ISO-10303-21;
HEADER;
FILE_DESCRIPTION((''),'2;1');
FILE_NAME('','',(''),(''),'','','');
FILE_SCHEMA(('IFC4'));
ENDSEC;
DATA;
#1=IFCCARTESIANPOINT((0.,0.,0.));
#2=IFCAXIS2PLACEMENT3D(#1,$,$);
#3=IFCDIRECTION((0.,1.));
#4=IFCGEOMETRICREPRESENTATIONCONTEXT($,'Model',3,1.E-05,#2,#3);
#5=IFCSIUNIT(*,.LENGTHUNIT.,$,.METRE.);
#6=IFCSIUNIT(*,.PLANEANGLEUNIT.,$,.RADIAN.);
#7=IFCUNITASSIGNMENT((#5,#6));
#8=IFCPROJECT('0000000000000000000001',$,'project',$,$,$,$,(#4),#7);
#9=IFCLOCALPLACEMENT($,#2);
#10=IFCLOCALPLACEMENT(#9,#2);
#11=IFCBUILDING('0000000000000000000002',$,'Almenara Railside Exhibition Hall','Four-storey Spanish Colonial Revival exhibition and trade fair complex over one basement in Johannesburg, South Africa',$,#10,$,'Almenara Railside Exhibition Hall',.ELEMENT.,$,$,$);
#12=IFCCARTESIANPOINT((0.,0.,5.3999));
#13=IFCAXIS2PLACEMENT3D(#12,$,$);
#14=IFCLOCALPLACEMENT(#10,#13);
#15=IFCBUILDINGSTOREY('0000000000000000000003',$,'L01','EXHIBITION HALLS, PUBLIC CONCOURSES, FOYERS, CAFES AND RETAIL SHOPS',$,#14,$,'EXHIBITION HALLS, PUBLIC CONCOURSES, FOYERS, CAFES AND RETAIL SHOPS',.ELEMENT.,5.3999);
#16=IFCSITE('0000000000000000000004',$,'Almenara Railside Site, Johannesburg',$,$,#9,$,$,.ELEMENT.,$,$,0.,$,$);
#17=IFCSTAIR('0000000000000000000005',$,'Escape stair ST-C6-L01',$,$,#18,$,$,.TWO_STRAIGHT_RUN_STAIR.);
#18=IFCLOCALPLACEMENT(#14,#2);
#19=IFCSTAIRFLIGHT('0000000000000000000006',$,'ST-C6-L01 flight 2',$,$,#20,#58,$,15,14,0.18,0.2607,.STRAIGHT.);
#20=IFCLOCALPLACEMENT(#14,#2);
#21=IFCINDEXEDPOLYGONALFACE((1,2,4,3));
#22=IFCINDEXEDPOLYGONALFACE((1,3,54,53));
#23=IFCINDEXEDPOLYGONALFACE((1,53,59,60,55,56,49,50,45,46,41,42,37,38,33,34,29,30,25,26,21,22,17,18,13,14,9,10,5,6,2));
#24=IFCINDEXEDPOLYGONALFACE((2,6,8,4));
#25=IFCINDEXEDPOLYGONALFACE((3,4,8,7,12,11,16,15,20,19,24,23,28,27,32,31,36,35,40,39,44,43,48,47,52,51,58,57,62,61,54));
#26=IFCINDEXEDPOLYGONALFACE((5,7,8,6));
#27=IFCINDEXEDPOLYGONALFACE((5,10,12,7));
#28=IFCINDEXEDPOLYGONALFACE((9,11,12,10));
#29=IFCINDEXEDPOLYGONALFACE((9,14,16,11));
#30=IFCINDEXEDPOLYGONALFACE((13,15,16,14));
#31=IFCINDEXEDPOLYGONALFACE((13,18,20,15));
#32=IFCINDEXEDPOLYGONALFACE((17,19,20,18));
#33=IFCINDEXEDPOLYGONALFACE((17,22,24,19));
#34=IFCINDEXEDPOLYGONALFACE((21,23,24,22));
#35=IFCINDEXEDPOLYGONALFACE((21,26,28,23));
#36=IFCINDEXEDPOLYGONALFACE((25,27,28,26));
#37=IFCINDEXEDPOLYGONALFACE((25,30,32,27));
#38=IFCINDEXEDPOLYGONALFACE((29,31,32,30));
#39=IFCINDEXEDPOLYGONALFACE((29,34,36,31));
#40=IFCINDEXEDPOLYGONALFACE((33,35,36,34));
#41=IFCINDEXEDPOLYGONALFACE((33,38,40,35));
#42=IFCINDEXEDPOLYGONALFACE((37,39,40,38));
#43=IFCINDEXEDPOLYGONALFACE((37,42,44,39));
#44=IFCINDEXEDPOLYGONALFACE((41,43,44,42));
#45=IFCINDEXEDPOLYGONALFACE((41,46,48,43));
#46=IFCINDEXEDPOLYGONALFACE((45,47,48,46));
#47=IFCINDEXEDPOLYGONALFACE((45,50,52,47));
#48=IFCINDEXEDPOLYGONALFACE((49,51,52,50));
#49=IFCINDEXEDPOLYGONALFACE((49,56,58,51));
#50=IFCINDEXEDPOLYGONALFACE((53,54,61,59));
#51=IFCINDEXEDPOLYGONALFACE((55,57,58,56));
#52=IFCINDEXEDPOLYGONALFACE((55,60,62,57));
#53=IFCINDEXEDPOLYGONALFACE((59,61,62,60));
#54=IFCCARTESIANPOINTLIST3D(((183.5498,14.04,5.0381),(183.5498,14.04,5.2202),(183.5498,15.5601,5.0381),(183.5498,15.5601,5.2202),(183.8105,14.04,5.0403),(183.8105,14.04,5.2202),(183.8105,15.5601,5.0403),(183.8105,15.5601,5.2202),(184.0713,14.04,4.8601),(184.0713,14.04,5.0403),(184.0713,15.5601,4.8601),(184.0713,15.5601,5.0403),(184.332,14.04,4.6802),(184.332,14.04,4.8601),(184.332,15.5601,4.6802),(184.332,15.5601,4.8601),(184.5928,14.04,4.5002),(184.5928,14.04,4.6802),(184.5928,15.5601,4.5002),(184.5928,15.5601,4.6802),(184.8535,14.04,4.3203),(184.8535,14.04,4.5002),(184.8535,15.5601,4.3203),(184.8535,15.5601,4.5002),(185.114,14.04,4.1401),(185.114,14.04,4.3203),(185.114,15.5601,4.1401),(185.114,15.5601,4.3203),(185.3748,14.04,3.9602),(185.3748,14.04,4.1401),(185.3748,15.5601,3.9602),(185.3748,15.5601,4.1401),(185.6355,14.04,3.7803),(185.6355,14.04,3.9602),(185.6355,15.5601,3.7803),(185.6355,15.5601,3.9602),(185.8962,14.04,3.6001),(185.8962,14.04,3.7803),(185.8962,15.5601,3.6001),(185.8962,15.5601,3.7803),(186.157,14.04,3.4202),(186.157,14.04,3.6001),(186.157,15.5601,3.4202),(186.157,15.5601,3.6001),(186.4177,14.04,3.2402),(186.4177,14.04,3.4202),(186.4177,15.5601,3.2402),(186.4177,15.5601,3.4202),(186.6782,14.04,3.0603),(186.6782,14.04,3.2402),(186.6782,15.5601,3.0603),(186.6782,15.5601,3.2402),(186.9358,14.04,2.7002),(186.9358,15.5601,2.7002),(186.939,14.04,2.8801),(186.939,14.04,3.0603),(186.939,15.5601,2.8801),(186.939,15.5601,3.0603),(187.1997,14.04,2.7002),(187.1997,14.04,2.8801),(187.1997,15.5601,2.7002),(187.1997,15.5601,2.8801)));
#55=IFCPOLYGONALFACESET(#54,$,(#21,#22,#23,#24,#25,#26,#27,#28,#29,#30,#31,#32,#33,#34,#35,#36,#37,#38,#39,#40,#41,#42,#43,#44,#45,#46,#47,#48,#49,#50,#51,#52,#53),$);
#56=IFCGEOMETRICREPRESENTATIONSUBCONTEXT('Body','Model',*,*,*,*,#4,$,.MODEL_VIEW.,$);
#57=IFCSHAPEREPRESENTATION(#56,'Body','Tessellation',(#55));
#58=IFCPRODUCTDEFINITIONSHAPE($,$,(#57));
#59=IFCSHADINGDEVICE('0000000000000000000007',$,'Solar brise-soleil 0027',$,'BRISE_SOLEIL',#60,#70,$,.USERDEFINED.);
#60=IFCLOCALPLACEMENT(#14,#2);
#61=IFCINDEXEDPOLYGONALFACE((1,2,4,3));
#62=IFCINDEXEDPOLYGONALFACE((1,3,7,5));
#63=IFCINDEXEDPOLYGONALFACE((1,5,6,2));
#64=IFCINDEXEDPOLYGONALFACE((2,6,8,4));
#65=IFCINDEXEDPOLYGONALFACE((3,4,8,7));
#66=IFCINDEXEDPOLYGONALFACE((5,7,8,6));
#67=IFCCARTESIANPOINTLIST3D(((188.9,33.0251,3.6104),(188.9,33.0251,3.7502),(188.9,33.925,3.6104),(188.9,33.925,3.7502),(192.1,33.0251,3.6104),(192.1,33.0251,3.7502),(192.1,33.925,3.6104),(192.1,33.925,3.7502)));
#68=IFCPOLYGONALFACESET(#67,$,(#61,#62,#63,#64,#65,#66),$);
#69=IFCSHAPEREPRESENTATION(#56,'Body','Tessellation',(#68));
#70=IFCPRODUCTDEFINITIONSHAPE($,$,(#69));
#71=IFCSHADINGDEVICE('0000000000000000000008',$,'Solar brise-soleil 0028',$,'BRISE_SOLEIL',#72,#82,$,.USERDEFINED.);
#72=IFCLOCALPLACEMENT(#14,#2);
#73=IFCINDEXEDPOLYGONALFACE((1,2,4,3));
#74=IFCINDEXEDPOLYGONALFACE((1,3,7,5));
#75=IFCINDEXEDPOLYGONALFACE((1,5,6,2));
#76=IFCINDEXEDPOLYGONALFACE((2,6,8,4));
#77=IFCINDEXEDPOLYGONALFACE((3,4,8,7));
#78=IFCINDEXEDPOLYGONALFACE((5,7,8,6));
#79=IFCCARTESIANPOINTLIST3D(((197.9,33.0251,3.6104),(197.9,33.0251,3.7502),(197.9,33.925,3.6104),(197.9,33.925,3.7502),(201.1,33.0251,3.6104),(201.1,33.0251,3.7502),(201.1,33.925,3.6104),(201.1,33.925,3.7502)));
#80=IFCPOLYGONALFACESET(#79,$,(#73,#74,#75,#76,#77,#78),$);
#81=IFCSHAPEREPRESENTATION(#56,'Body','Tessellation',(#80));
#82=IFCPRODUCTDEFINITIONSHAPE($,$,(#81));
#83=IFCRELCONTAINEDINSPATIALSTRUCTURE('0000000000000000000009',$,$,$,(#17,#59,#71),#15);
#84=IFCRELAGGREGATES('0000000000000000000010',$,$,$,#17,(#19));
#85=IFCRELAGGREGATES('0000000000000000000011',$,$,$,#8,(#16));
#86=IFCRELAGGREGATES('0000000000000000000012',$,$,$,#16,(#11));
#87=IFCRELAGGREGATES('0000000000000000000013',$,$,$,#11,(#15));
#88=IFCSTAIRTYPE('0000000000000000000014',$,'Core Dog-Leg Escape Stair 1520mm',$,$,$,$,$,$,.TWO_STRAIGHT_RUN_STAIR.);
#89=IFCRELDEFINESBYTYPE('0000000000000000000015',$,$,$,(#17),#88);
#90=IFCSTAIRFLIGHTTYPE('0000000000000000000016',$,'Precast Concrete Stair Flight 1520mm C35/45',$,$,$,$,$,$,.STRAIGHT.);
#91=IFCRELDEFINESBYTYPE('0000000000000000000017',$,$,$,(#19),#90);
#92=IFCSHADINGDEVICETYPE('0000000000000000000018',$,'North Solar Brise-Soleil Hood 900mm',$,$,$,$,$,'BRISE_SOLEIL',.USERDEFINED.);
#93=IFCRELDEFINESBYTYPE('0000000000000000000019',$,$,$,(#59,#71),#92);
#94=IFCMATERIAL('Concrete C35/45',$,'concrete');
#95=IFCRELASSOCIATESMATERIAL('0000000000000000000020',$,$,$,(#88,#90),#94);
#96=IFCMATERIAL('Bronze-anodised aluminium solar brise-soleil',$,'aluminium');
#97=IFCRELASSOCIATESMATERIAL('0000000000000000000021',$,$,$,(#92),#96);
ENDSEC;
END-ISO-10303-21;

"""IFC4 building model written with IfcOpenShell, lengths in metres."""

from ifc_helpers import new_model, si_unit, direction, frame, origin, origin_2d, place, context, subcontext, project, spatial, polyline, rectangle, outline, extrude, material, type_object, element, aggregate, save


model = new_model("IFC4")

# Units and contexts
model_context = context("Model", 3, precision=1e-05, world=origin(), true_north=direction((0.0, 1.0)))
body_context = subcontext(model_context, "Body", "Model", "MODEL_VIEW")
ifc_project = project(units=[si_unit("LENGTHUNIT", "METRE"), si_unit("PLANEANGLEUNIT", "RADIAN")], contexts=[model_context])

# Site, building, storey
site_placement = place(None, origin())
site = spatial("IfcSite", under=ifc_project, at=site_placement, Name="Almenara Railside Site, Johannesburg", CompositionType="ELEMENT", RefElevation=0.0)
building_placement = place(site_placement, origin())
building = spatial("IfcBuilding", under=site, at=building_placement, Name="Almenara Railside Exhibition Hall", Description="Four-storey Spanish Colonial Revival exhibition and trade fair complex over one basement in Johannesburg, South Africa", LongName="Almenara Railside Exhibition Hall", CompositionType="ELEMENT")
storey_placement = place(building_placement, frame((0.0, 0.0, 5.3999)))
storey = spatial("IfcBuildingStorey", under=building, at=storey_placement, Name="L01", Description="EXHIBITION HALLS, PUBLIC CONCOURSES, FOYERS, CAFES AND RETAIL SHOPS", LongName="EXHIBITION HALLS, PUBLIC CONCOURSES, FOYERS, CAFES AND RETAIL SHOPS", CompositionType="ELEMENT", Elevation=5.3999)

# Shared definitions
ifc_material_1 = material(Name="Concrete C35/45", Category="concrete")

# Stair, stair flight
stair_type = type_object("IfcStairType", Name="Core Dog-Leg Escape Stair 1520mm", PredefinedType="TWO_STRAIGHT_RUN_STAIR", material=ifc_material_1)
stair_placement = place(storey_placement, origin())
stair = element("IfcStair", 1, at=stair_placement, inside=storey, type_object=stair_type, Name="Escape stair ST-C6-L01", PredefinedType="TWO_STRAIGHT_RUN_STAIR")
stair_flight_type = type_object("IfcStairFlightType", Name="Precast Concrete Stair Flight 1520mm C35/45", PredefinedType="STRAIGHT", material=ifc_material_1)
stair_flight_placement = place(storey_placement, frame((187.1997, 14.8, 2.7002), z_axis=(0.0, 0.0, 1.0), x_axis=(-1.0, 0.0, 0.0)))
stair_flight = element("IfcStairFlight", 2, at=stair_flight_placement, type_object=stair_flight_type, Name="ST-C6-L01 flight 2", NumberOfRisers=15, NumberOfTreads=14, PredefinedType="STRAIGHT", RiserHeight=0.18, TreadLength=0.2607, context=body_context, shape_type="SweptSolid", body=[
    extrude(outline(polyline([(0.0, 0.0), (0.0, 0.1799), (0.2607, 0.1799), (0.2607, 0.3601), (0.5215, 0.3601), (0.5215, 0.54), (0.782, 0.54), (0.782, 0.72), (1.0427, 0.72), (1.0427, 0.8999), (1.3035, 0.8999), (1.3035, 1.0801), (1.5642, 1.0801), (1.5642, 1.26), (1.825, 1.26), (1.825, 1.4399), (2.0857, 1.4399), (2.0857, 1.6201), (2.3462, 1.6201), (2.3462, 1.8), (2.6069, 1.8), (2.6069, 1.98), (2.8677, 1.98), (2.8677, 2.1599), (3.1284, 2.1599), (3.1284, 2.3401), (3.3892, 2.3401), (3.3892, 2.52), (3.6499, 2.52), (3.6499, 2.7), (3.6499, 2.3379), (0.2639, 0.0), (0.0, 0.0)])), frame((0.0, 0.76, 0.0), z_axis=(0.0, -1.0, 0.0), x_axis=(1.0, 0.0, 0.0)), (0.0, 0.0, 1.0), 1.52),
])
aggregate(stair, [stair_flight])

# Shading devices
ifc_material_2 = material(Name="Bronze-anodised aluminium solar brise-soleil", Category="aluminium")
shading_device_type = type_object("IfcShadingDeviceType", Name="North Solar Brise-Soleil Hood 900mm", ElementType="BRISE_SOLEIL", PredefinedType="USERDEFINED", material=ifc_material_2)
for number, where, z_axis, x_axis, name in (
    (3, (190.5, 33.4751, 3.6104), (0.0, 0.0, 1.0), (-1.0, 0.0, 0.0), "Solar brise-soleil 0027"),
    (4, (199.5, 33.4751, 3.6104), (0.0, 0.0, 1.0), (-1.0, 0.0, 0.0), "Solar brise-soleil 0028"),
):
    element("IfcShadingDevice", number, at=place(storey_placement, frame(where, z_axis=z_axis, x_axis=x_axis)), inside=storey, type_object=shading_device_type, Name=name, ObjectType="BRISE_SOLEIL", PredefinedType="USERDEFINED", context=body_context, shape_type="SweptSolid", body=[
        extrude(rectangle(XDim=3.2, YDim=0.8999, at=origin_2d()), origin(), (0.0, 0.0, 1.0), 0.1399),
    ])

save(model, "model.ifc")
